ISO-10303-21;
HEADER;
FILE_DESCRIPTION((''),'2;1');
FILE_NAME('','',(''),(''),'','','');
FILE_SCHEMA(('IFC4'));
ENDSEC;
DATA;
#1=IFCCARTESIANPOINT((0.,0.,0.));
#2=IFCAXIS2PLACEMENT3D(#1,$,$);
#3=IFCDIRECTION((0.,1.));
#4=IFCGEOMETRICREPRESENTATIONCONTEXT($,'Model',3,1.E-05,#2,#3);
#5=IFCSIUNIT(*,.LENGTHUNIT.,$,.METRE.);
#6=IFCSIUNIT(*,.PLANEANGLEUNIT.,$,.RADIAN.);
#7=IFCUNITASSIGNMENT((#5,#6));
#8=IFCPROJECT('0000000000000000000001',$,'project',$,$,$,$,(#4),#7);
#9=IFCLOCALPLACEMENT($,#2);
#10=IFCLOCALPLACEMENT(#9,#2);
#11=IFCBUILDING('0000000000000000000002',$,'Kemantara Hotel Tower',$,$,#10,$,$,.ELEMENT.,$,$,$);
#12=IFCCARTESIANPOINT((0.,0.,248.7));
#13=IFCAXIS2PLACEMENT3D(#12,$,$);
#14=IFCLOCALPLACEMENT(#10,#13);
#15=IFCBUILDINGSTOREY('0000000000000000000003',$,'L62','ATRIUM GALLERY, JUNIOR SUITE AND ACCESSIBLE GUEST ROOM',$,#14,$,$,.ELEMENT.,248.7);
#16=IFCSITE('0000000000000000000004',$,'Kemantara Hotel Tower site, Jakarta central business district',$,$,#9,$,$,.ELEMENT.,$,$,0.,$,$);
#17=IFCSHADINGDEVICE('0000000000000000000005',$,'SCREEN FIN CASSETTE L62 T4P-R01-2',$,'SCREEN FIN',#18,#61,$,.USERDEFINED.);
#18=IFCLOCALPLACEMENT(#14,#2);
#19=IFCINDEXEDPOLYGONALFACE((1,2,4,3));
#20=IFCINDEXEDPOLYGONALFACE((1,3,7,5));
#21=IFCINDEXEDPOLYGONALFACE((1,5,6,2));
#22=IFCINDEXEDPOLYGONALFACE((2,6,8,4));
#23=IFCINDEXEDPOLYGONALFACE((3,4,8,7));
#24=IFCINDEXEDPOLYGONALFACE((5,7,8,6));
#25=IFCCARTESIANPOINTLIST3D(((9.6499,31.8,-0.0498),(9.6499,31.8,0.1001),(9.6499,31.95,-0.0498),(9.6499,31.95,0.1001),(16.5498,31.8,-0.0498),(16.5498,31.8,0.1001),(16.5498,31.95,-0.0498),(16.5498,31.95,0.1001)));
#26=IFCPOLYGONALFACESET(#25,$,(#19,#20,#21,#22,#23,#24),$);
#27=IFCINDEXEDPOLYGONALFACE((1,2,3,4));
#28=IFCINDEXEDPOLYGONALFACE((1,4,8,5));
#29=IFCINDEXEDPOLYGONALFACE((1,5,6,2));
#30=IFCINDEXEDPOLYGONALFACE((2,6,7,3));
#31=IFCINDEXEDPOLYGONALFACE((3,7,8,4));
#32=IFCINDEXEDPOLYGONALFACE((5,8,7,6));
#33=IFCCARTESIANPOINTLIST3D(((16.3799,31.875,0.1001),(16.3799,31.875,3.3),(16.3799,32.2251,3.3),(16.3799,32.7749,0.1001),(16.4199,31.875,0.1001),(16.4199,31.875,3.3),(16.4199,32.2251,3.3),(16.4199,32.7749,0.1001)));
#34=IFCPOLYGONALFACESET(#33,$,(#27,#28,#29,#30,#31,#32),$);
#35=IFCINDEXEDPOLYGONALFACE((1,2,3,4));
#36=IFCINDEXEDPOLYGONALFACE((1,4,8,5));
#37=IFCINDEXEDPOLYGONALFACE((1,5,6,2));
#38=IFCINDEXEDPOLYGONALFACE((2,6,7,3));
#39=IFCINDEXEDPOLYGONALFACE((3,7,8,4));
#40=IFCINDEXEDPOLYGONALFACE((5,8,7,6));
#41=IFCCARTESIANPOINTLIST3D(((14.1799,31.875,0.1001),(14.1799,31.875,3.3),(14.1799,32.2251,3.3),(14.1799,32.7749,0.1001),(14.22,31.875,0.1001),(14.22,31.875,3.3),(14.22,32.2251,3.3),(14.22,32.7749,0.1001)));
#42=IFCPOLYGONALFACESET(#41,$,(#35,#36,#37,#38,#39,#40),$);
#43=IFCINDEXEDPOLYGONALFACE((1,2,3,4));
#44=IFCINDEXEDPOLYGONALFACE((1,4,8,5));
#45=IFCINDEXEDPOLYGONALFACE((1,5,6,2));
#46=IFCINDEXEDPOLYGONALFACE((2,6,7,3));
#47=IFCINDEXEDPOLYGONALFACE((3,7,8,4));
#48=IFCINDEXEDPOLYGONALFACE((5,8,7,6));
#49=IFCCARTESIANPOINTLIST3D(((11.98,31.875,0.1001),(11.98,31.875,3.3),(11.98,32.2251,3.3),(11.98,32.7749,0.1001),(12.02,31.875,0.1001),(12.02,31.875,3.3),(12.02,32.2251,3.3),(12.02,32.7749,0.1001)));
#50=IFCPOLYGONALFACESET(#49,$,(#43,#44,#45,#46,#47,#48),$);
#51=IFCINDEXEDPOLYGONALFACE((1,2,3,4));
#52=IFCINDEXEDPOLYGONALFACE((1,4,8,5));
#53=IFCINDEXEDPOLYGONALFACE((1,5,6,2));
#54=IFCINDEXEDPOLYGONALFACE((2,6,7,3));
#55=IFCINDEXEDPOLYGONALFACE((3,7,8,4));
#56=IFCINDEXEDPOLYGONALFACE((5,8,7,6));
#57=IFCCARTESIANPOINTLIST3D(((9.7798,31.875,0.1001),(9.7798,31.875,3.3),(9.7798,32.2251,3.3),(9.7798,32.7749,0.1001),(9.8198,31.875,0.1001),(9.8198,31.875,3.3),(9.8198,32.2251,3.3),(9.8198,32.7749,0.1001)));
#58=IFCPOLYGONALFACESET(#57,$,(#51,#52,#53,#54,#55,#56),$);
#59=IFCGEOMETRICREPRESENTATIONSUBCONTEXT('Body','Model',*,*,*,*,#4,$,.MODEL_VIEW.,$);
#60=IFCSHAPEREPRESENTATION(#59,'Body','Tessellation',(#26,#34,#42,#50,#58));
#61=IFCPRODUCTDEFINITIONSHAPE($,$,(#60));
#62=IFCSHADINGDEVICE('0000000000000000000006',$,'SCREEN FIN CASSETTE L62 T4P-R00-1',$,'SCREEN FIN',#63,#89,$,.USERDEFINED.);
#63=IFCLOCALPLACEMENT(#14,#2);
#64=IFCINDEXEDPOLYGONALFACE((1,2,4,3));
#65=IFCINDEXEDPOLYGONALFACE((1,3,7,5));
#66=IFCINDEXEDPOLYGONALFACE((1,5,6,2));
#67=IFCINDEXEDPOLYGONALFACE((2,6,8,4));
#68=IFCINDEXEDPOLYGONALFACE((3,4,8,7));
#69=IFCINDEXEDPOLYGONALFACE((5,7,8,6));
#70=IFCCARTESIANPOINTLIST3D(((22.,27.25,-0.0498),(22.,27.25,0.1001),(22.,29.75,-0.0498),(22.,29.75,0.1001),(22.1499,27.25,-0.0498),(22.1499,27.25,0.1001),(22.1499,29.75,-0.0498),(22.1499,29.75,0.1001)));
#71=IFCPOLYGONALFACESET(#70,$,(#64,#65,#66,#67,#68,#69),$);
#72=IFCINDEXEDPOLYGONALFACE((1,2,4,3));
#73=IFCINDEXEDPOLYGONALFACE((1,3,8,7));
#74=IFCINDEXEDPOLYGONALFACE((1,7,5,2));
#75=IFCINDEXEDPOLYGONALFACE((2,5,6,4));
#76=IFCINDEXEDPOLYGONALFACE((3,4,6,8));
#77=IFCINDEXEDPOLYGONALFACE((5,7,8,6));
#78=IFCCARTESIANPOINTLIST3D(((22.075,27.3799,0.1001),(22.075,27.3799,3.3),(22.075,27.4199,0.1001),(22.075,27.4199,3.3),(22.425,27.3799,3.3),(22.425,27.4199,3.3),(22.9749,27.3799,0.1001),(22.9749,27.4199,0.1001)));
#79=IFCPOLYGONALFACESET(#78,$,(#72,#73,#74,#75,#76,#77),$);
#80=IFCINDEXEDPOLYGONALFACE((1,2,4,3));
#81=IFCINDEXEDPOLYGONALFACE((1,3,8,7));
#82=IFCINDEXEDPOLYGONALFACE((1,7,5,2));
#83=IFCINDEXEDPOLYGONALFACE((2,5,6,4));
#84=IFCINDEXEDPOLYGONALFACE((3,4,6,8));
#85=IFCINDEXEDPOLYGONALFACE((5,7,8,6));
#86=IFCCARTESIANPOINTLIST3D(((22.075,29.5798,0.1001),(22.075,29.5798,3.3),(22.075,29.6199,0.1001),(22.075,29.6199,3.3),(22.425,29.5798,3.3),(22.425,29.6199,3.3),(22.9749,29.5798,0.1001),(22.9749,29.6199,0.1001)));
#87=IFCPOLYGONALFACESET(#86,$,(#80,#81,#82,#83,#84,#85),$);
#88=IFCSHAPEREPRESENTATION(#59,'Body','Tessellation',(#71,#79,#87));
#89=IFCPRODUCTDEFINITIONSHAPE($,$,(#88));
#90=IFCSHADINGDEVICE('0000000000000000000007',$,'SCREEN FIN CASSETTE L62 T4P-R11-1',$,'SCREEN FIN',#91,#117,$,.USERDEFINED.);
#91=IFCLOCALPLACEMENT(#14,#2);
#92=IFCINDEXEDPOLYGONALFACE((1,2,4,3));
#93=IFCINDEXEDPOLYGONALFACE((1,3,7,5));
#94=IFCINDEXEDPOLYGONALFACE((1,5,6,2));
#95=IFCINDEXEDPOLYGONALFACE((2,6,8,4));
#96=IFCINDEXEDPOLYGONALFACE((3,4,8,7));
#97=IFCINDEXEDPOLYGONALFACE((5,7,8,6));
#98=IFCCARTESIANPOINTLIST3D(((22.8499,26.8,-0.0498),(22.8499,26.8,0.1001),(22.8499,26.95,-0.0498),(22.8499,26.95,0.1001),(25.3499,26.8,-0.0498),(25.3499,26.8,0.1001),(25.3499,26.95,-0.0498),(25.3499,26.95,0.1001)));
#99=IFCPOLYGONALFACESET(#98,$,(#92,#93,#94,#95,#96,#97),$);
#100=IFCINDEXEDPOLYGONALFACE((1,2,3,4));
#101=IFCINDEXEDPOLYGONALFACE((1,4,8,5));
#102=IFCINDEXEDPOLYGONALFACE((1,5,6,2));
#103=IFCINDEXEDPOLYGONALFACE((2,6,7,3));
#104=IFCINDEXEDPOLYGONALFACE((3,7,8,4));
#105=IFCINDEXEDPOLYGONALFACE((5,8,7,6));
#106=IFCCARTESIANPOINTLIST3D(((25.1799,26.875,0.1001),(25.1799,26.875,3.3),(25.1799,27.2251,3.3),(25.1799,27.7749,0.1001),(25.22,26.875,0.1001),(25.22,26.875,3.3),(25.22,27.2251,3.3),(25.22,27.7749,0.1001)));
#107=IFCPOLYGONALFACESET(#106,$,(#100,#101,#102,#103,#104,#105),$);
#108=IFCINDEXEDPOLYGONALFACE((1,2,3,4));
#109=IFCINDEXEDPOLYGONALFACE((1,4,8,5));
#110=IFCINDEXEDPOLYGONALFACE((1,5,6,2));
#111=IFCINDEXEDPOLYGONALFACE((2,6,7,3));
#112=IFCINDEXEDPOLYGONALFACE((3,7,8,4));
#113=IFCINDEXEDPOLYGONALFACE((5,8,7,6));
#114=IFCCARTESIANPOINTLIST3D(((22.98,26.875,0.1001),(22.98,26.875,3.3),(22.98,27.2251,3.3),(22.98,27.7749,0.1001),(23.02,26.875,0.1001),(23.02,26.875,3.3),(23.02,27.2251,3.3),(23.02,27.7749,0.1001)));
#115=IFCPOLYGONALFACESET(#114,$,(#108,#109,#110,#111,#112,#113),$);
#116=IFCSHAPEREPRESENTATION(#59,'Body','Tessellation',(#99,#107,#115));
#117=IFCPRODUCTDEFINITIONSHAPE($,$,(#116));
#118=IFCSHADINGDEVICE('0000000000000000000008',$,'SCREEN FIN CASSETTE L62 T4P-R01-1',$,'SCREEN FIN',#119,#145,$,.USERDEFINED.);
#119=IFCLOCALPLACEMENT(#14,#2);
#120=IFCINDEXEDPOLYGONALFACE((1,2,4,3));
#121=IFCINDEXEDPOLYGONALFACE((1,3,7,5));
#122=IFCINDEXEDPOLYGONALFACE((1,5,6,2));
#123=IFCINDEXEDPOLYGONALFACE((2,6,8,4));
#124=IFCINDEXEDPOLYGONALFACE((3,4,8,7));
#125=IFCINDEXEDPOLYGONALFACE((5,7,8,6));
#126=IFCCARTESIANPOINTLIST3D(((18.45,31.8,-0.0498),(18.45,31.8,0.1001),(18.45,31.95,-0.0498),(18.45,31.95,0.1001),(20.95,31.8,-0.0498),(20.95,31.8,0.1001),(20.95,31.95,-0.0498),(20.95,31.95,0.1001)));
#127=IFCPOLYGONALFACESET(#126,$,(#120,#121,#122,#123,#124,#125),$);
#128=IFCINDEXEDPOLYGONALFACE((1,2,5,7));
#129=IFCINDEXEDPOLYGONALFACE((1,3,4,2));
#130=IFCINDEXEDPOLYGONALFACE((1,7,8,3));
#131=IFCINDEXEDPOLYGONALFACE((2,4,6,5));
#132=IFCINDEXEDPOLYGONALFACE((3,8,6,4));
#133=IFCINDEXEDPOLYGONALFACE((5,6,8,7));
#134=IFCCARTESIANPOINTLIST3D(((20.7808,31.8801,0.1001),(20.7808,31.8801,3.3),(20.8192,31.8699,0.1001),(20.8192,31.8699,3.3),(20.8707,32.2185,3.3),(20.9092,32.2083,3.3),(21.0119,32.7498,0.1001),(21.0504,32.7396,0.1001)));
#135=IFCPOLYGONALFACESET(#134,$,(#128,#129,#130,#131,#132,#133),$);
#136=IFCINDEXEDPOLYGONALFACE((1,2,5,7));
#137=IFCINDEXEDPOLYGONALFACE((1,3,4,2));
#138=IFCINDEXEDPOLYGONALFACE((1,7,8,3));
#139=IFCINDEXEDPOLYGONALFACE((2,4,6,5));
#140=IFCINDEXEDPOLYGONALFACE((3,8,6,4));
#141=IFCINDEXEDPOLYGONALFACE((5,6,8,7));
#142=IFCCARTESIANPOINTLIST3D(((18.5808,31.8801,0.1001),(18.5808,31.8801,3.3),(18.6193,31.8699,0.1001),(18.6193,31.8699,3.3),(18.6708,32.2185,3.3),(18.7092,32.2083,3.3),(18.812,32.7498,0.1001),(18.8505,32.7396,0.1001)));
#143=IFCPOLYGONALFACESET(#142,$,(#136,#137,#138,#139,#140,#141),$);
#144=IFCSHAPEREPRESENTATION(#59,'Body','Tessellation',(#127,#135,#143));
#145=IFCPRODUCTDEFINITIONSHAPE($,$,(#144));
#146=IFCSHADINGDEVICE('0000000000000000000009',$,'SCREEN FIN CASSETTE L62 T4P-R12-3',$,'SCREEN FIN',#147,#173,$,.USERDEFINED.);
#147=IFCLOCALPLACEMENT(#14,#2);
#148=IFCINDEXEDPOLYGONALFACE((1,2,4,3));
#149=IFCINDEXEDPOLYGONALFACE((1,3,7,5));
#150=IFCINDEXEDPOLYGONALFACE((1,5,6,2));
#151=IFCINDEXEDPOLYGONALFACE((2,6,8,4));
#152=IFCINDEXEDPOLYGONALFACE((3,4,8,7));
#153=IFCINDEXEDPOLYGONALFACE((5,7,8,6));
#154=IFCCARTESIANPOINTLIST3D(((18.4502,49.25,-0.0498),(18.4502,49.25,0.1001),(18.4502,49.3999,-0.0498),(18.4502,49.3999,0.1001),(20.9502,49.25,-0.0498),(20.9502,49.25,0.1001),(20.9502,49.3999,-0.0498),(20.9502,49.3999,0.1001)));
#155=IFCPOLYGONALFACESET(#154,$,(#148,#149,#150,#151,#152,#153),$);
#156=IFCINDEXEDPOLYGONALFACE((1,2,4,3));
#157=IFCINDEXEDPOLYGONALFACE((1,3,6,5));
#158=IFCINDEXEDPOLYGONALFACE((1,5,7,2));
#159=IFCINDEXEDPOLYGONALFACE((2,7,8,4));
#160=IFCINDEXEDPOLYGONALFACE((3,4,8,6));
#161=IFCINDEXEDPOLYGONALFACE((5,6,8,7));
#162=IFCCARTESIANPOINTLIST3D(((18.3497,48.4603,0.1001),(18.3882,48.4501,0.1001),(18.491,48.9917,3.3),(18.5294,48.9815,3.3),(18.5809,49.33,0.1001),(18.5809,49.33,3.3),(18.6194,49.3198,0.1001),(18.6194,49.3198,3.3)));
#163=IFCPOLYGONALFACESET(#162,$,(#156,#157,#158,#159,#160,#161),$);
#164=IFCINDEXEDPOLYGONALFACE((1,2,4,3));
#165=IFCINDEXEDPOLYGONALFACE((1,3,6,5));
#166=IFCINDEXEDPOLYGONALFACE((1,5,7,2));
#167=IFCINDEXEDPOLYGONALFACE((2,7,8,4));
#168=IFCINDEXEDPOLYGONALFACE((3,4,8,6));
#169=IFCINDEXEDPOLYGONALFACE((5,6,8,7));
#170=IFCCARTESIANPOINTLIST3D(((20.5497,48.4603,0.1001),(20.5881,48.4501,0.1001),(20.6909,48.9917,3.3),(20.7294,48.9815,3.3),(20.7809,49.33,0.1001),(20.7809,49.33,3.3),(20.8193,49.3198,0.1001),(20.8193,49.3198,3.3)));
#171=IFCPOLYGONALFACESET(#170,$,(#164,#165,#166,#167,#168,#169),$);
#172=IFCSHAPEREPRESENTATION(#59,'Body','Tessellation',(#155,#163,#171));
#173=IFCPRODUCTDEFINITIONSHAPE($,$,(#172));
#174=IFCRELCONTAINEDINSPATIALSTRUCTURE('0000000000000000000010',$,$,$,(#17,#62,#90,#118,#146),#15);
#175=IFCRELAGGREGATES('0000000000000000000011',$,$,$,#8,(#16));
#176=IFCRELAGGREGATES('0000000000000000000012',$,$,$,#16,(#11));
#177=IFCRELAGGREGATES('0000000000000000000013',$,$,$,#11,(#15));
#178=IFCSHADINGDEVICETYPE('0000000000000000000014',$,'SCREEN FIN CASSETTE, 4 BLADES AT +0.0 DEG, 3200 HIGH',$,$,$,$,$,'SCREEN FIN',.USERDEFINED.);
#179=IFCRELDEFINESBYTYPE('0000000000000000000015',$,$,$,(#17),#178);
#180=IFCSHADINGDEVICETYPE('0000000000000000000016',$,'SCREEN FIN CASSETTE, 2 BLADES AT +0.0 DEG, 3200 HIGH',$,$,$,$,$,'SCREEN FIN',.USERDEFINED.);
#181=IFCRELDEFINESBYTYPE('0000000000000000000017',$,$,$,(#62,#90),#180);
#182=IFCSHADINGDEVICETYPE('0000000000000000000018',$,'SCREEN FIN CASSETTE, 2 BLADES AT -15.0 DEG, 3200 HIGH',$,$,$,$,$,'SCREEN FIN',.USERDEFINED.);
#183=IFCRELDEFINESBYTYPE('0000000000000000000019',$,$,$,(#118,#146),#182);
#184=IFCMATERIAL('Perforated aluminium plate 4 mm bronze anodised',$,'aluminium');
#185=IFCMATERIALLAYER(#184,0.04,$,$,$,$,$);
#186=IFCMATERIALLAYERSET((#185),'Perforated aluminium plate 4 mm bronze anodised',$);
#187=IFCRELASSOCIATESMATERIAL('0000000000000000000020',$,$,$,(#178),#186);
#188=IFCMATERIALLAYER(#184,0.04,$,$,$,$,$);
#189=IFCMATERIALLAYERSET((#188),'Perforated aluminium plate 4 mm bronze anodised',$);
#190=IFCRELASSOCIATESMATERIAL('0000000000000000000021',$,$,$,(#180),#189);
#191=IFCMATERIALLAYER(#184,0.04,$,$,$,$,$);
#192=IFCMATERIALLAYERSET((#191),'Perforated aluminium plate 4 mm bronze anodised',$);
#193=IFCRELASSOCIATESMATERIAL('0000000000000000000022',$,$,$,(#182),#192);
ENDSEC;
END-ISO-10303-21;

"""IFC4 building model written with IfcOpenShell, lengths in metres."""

from ifc_helpers import new_model, si_unit, direction, frame, origin, origin_2d, place, context, subcontext, project, spatial, polyline, rectangle, outline, extrude, source, transform, mapped, material, layer, layer_set, type_object, element, save


model = new_model("IFC4")

# Units and contexts
model_context = context("Model", 3, precision=1e-05, world=origin(), true_north=direction((0.0, 1.0)))
body_context = subcontext(model_context, "Body", "Model", "MODEL_VIEW")
ifc_project = project(units=[si_unit("LENGTHUNIT", "METRE"), si_unit("PLANEANGLEUNIT", "RADIAN")], contexts=[model_context])

# Site, building, storey
site_placement = place(None, origin())
site = spatial("IfcSite", under=ifc_project, at=site_placement, Name="Kemantara Hotel Tower site, Jakarta central business district", CompositionType="ELEMENT", RefElevation=0.0)
building_placement = place(site_placement, origin())
building = spatial("IfcBuilding", under=site, at=building_placement, Name="Kemantara Hotel Tower", CompositionType="ELEMENT")
storey_placement = place(building_placement, frame((0.0, 0.0, 248.7)))
storey = spatial("IfcBuildingStorey", under=building, at=storey_placement, Name="L62", Description="ATRIUM GALLERY, JUNIOR SUITE AND ACCESSIBLE GUEST ROOM", CompositionType="ELEMENT", Elevation=248.7)

# Shading devices
ifc_material_1 = material(Name="Perforated aluminium plate 4 mm bronze anodised", Category="aluminium")
ifc_layer_1 = layer(ifc_material_1, 0.04)
ifc_layer_set_1 = layer_set([ifc_layer_1], Name="Perforated aluminium plate 4 mm bronze anodised")
shading_device_type_1 = type_object("IfcShadingDeviceType", Name="SCREEN FIN CASSETTE, 4 BLADES AT +0.0 DEG, 3200 HIGH", ElementType="SCREEN FIN", PredefinedType="USERDEFINED", material=ifc_layer_set_1)
shared_shape_1 = source(origin(), body_context, "Body", "SweptSolid", [
    extrude(rectangle(XDim=6.8999, YDim=0.1499, at=origin_2d()), frame((3.3, -0.075, -0.1499), z_axis=(0.0, 0.0, 1.0), x_axis=(1.0, 0.0, 0.0)), (0.0, 0.0, 1.0), 0.1499),
    extrude(outline(polyline([(0.0, 0.0), (0.8999, 0.0), (0.3501, 3.2), (0.0, 3.2), (0.0, 0.0)])), frame((0.02, -0.075, 0.0), z_axis=(-1.0, 0.0, 0.0), x_axis=(0.0, -1.0, 0.0)), (0.0, 0.0, 1.0), 0.04),
    extrude(outline(polyline([(0.0, 0.0), (0.8999, 0.0), (0.3501, 3.2), (0.0, 3.2), (0.0, 0.0)])), frame((2.22, -0.075, 0.0), z_axis=(-1.0, 0.0, 0.0), x_axis=(0.0, -1.0, 0.0)), (0.0, 0.0, 1.0), 0.04),
    extrude(outline(polyline([(0.0, 0.0), (0.8999, 0.0), (0.3501, 3.2), (0.0, 3.2), (0.0, 0.0)])), frame((4.4199, -0.075, 0.0), z_axis=(-1.0, 0.0, 0.0), x_axis=(0.0, -1.0, 0.0)), (0.0, 0.0, 1.0), 0.04),
    extrude(outline(polyline([(0.0, 0.0), (0.8999, 0.0), (0.3501, 3.2), (0.0, 3.2), (0.0, 0.0)])), frame((6.6201, -0.075, 0.0), z_axis=(-1.0, 0.0, 0.0), x_axis=(0.0, -1.0, 0.0)), (0.0, 0.0, 1.0), 0.04),
])
shading_device_placement = place(storey_placement, frame((16.3999, 31.8, 0.1001), z_axis=(0.0, 0.0, 1.0), x_axis=(-1.0, 0.0, 0.0)))
element("IfcShadingDevice", 1, at=shading_device_placement, inside=storey, type_object=shading_device_type_1, Name="SCREEN FIN CASSETTE L62 T4P-R01-2", ObjectType="SCREEN FIN", PredefinedType="USERDEFINED", context=body_context, shape_type="MappedRepresentation", body=[
    mapped(shared_shape_1, transform((0.0, 0.0, 0.0))),
])
ifc_layer_2 = layer(ifc_material_1, 0.04)
ifc_layer_set_2 = layer_set([ifc_layer_2], Name="Perforated aluminium plate 4 mm bronze anodised")
shading_device_type_2 = type_object("IfcShadingDeviceType", Name="SCREEN FIN CASSETTE, 2 BLADES AT +0.0 DEG, 3200 HIGH", ElementType="SCREEN FIN", PredefinedType="USERDEFINED", material=ifc_layer_set_2)
shared_shape_2 = source(origin(), body_context, "Body", "SweptSolid", [
    extrude(rectangle(XDim=2.5, YDim=0.1499, at=origin_2d()), frame((1.1001, -0.075, -0.1499), z_axis=(0.0, 0.0, 1.0), x_axis=(1.0, 0.0, 0.0)), (0.0, 0.0, 1.0), 0.1499),
    extrude(outline(polyline([(0.0, 0.0), (0.8999, 0.0), (0.3501, 3.2), (0.0, 3.2), (0.0, 0.0)])), frame((0.02, -0.075, 0.0), z_axis=(-1.0, 0.0, 0.0), x_axis=(0.0, -1.0, 0.0)), (0.0, 0.0, 1.0), 0.04),
    extrude(outline(polyline([(0.0, 0.0), (0.8999, 0.0), (0.3501, 3.2), (0.0, 3.2), (0.0, 0.0)])), frame((2.22, -0.075, 0.0), z_axis=(-1.0, 0.0, 0.0), x_axis=(0.0, -1.0, 0.0)), (0.0, 0.0, 1.0), 0.04),
])
for number, where, z_axis, x_axis, name in (
    (2, (22.0, 27.3999, 0.1001), (0.0, 0.0, 1.0), (0.0, 1.0, 0.0), "SCREEN FIN CASSETTE L62 T4P-R00-1"),
    (3, (25.2, 26.8, 0.1001), (0.0, 0.0, 1.0), (-1.0, 0.0, 0.0), "SCREEN FIN CASSETTE L62 T4P-R11-1"),
):
    element("IfcShadingDevice", number, at=place(storey_placement, frame(where, z_axis=z_axis, x_axis=x_axis)), inside=storey, type_object=shading_device_type_2, Name=name, ObjectType="SCREEN FIN", PredefinedType="USERDEFINED", context=body_context, shape_type="MappedRepresentation", body=[
        mapped(shared_shape_2, transform((0.0, 0.0, 0.0))),
    ])
ifc_layer_3 = layer(ifc_material_1, 0.04)
ifc_layer_set_3 = layer_set([ifc_layer_3], Name="Perforated aluminium plate 4 mm bronze anodised")
shading_device_type_3 = type_object("IfcShadingDeviceType", Name="SCREEN FIN CASSETTE, 2 BLADES AT -15.0 DEG, 3200 HIGH", ElementType="SCREEN FIN", PredefinedType="USERDEFINED", material=ifc_layer_set_3)
shared_shape_3 = source(origin(), body_context, "Body", "SweptSolid", [
    extrude(rectangle(XDim=2.5, YDim=0.1499, at=origin_2d()), frame((1.1001, -0.075, -0.1499), z_axis=(0.0, 0.0, 1.0), x_axis=(1.0, 0.0, 0.0)), (0.0, 0.0, 1.0), 0.1499),
    extrude(outline(polyline([(0.0, 0.0), (0.8999, 0.0), (0.3501, 3.2), (0.0, 3.2), (0.0, 0.0)])), frame((0.0193, -0.0801, 0.0), z_axis=(-0.966438, 0.256901, 0.0), x_axis=(-0.256901, -0.966438, 0.0)), (0.0, 0.0, 1.0), 0.0398),
    extrude(outline(polyline([(0.0, 0.0), (0.8999, 0.0), (0.3501, 3.2), (0.0, 3.2), (0.0, 0.0)])), frame((2.2192, -0.0801, 0.0), z_axis=(-0.966438, 0.256901, 0.0), x_axis=(-0.256901, -0.966438, 0.0)), (0.0, 0.0, 1.0), 0.0398),
])
for number, where, z_axis, x_axis, name in (
    (4, (20.8, 31.8, 0.1001), (0.0, 0.0, 1.0), (-1.0, 0.0, 0.0), "SCREEN FIN CASSETTE L62 T4P-R01-1"),
    (5, (18.6001, 49.3999, 0.1001), (0.0, 0.0, 1.0), (1.0, 0.0, 0.0), "SCREEN FIN CASSETTE L62 T4P-R12-3"),
):
    element("IfcShadingDevice", number, at=place(storey_placement, frame(where, z_axis=z_axis, x_axis=x_axis)), inside=storey, type_object=shading_device_type_3, Name=name, ObjectType="SCREEN FIN", PredefinedType="USERDEFINED", context=body_context, shape_type="MappedRepresentation", body=[
        mapped(shared_shape_3, transform((0.0, 0.0, 0.0))),
    ])

save(model, "model.ifc")
